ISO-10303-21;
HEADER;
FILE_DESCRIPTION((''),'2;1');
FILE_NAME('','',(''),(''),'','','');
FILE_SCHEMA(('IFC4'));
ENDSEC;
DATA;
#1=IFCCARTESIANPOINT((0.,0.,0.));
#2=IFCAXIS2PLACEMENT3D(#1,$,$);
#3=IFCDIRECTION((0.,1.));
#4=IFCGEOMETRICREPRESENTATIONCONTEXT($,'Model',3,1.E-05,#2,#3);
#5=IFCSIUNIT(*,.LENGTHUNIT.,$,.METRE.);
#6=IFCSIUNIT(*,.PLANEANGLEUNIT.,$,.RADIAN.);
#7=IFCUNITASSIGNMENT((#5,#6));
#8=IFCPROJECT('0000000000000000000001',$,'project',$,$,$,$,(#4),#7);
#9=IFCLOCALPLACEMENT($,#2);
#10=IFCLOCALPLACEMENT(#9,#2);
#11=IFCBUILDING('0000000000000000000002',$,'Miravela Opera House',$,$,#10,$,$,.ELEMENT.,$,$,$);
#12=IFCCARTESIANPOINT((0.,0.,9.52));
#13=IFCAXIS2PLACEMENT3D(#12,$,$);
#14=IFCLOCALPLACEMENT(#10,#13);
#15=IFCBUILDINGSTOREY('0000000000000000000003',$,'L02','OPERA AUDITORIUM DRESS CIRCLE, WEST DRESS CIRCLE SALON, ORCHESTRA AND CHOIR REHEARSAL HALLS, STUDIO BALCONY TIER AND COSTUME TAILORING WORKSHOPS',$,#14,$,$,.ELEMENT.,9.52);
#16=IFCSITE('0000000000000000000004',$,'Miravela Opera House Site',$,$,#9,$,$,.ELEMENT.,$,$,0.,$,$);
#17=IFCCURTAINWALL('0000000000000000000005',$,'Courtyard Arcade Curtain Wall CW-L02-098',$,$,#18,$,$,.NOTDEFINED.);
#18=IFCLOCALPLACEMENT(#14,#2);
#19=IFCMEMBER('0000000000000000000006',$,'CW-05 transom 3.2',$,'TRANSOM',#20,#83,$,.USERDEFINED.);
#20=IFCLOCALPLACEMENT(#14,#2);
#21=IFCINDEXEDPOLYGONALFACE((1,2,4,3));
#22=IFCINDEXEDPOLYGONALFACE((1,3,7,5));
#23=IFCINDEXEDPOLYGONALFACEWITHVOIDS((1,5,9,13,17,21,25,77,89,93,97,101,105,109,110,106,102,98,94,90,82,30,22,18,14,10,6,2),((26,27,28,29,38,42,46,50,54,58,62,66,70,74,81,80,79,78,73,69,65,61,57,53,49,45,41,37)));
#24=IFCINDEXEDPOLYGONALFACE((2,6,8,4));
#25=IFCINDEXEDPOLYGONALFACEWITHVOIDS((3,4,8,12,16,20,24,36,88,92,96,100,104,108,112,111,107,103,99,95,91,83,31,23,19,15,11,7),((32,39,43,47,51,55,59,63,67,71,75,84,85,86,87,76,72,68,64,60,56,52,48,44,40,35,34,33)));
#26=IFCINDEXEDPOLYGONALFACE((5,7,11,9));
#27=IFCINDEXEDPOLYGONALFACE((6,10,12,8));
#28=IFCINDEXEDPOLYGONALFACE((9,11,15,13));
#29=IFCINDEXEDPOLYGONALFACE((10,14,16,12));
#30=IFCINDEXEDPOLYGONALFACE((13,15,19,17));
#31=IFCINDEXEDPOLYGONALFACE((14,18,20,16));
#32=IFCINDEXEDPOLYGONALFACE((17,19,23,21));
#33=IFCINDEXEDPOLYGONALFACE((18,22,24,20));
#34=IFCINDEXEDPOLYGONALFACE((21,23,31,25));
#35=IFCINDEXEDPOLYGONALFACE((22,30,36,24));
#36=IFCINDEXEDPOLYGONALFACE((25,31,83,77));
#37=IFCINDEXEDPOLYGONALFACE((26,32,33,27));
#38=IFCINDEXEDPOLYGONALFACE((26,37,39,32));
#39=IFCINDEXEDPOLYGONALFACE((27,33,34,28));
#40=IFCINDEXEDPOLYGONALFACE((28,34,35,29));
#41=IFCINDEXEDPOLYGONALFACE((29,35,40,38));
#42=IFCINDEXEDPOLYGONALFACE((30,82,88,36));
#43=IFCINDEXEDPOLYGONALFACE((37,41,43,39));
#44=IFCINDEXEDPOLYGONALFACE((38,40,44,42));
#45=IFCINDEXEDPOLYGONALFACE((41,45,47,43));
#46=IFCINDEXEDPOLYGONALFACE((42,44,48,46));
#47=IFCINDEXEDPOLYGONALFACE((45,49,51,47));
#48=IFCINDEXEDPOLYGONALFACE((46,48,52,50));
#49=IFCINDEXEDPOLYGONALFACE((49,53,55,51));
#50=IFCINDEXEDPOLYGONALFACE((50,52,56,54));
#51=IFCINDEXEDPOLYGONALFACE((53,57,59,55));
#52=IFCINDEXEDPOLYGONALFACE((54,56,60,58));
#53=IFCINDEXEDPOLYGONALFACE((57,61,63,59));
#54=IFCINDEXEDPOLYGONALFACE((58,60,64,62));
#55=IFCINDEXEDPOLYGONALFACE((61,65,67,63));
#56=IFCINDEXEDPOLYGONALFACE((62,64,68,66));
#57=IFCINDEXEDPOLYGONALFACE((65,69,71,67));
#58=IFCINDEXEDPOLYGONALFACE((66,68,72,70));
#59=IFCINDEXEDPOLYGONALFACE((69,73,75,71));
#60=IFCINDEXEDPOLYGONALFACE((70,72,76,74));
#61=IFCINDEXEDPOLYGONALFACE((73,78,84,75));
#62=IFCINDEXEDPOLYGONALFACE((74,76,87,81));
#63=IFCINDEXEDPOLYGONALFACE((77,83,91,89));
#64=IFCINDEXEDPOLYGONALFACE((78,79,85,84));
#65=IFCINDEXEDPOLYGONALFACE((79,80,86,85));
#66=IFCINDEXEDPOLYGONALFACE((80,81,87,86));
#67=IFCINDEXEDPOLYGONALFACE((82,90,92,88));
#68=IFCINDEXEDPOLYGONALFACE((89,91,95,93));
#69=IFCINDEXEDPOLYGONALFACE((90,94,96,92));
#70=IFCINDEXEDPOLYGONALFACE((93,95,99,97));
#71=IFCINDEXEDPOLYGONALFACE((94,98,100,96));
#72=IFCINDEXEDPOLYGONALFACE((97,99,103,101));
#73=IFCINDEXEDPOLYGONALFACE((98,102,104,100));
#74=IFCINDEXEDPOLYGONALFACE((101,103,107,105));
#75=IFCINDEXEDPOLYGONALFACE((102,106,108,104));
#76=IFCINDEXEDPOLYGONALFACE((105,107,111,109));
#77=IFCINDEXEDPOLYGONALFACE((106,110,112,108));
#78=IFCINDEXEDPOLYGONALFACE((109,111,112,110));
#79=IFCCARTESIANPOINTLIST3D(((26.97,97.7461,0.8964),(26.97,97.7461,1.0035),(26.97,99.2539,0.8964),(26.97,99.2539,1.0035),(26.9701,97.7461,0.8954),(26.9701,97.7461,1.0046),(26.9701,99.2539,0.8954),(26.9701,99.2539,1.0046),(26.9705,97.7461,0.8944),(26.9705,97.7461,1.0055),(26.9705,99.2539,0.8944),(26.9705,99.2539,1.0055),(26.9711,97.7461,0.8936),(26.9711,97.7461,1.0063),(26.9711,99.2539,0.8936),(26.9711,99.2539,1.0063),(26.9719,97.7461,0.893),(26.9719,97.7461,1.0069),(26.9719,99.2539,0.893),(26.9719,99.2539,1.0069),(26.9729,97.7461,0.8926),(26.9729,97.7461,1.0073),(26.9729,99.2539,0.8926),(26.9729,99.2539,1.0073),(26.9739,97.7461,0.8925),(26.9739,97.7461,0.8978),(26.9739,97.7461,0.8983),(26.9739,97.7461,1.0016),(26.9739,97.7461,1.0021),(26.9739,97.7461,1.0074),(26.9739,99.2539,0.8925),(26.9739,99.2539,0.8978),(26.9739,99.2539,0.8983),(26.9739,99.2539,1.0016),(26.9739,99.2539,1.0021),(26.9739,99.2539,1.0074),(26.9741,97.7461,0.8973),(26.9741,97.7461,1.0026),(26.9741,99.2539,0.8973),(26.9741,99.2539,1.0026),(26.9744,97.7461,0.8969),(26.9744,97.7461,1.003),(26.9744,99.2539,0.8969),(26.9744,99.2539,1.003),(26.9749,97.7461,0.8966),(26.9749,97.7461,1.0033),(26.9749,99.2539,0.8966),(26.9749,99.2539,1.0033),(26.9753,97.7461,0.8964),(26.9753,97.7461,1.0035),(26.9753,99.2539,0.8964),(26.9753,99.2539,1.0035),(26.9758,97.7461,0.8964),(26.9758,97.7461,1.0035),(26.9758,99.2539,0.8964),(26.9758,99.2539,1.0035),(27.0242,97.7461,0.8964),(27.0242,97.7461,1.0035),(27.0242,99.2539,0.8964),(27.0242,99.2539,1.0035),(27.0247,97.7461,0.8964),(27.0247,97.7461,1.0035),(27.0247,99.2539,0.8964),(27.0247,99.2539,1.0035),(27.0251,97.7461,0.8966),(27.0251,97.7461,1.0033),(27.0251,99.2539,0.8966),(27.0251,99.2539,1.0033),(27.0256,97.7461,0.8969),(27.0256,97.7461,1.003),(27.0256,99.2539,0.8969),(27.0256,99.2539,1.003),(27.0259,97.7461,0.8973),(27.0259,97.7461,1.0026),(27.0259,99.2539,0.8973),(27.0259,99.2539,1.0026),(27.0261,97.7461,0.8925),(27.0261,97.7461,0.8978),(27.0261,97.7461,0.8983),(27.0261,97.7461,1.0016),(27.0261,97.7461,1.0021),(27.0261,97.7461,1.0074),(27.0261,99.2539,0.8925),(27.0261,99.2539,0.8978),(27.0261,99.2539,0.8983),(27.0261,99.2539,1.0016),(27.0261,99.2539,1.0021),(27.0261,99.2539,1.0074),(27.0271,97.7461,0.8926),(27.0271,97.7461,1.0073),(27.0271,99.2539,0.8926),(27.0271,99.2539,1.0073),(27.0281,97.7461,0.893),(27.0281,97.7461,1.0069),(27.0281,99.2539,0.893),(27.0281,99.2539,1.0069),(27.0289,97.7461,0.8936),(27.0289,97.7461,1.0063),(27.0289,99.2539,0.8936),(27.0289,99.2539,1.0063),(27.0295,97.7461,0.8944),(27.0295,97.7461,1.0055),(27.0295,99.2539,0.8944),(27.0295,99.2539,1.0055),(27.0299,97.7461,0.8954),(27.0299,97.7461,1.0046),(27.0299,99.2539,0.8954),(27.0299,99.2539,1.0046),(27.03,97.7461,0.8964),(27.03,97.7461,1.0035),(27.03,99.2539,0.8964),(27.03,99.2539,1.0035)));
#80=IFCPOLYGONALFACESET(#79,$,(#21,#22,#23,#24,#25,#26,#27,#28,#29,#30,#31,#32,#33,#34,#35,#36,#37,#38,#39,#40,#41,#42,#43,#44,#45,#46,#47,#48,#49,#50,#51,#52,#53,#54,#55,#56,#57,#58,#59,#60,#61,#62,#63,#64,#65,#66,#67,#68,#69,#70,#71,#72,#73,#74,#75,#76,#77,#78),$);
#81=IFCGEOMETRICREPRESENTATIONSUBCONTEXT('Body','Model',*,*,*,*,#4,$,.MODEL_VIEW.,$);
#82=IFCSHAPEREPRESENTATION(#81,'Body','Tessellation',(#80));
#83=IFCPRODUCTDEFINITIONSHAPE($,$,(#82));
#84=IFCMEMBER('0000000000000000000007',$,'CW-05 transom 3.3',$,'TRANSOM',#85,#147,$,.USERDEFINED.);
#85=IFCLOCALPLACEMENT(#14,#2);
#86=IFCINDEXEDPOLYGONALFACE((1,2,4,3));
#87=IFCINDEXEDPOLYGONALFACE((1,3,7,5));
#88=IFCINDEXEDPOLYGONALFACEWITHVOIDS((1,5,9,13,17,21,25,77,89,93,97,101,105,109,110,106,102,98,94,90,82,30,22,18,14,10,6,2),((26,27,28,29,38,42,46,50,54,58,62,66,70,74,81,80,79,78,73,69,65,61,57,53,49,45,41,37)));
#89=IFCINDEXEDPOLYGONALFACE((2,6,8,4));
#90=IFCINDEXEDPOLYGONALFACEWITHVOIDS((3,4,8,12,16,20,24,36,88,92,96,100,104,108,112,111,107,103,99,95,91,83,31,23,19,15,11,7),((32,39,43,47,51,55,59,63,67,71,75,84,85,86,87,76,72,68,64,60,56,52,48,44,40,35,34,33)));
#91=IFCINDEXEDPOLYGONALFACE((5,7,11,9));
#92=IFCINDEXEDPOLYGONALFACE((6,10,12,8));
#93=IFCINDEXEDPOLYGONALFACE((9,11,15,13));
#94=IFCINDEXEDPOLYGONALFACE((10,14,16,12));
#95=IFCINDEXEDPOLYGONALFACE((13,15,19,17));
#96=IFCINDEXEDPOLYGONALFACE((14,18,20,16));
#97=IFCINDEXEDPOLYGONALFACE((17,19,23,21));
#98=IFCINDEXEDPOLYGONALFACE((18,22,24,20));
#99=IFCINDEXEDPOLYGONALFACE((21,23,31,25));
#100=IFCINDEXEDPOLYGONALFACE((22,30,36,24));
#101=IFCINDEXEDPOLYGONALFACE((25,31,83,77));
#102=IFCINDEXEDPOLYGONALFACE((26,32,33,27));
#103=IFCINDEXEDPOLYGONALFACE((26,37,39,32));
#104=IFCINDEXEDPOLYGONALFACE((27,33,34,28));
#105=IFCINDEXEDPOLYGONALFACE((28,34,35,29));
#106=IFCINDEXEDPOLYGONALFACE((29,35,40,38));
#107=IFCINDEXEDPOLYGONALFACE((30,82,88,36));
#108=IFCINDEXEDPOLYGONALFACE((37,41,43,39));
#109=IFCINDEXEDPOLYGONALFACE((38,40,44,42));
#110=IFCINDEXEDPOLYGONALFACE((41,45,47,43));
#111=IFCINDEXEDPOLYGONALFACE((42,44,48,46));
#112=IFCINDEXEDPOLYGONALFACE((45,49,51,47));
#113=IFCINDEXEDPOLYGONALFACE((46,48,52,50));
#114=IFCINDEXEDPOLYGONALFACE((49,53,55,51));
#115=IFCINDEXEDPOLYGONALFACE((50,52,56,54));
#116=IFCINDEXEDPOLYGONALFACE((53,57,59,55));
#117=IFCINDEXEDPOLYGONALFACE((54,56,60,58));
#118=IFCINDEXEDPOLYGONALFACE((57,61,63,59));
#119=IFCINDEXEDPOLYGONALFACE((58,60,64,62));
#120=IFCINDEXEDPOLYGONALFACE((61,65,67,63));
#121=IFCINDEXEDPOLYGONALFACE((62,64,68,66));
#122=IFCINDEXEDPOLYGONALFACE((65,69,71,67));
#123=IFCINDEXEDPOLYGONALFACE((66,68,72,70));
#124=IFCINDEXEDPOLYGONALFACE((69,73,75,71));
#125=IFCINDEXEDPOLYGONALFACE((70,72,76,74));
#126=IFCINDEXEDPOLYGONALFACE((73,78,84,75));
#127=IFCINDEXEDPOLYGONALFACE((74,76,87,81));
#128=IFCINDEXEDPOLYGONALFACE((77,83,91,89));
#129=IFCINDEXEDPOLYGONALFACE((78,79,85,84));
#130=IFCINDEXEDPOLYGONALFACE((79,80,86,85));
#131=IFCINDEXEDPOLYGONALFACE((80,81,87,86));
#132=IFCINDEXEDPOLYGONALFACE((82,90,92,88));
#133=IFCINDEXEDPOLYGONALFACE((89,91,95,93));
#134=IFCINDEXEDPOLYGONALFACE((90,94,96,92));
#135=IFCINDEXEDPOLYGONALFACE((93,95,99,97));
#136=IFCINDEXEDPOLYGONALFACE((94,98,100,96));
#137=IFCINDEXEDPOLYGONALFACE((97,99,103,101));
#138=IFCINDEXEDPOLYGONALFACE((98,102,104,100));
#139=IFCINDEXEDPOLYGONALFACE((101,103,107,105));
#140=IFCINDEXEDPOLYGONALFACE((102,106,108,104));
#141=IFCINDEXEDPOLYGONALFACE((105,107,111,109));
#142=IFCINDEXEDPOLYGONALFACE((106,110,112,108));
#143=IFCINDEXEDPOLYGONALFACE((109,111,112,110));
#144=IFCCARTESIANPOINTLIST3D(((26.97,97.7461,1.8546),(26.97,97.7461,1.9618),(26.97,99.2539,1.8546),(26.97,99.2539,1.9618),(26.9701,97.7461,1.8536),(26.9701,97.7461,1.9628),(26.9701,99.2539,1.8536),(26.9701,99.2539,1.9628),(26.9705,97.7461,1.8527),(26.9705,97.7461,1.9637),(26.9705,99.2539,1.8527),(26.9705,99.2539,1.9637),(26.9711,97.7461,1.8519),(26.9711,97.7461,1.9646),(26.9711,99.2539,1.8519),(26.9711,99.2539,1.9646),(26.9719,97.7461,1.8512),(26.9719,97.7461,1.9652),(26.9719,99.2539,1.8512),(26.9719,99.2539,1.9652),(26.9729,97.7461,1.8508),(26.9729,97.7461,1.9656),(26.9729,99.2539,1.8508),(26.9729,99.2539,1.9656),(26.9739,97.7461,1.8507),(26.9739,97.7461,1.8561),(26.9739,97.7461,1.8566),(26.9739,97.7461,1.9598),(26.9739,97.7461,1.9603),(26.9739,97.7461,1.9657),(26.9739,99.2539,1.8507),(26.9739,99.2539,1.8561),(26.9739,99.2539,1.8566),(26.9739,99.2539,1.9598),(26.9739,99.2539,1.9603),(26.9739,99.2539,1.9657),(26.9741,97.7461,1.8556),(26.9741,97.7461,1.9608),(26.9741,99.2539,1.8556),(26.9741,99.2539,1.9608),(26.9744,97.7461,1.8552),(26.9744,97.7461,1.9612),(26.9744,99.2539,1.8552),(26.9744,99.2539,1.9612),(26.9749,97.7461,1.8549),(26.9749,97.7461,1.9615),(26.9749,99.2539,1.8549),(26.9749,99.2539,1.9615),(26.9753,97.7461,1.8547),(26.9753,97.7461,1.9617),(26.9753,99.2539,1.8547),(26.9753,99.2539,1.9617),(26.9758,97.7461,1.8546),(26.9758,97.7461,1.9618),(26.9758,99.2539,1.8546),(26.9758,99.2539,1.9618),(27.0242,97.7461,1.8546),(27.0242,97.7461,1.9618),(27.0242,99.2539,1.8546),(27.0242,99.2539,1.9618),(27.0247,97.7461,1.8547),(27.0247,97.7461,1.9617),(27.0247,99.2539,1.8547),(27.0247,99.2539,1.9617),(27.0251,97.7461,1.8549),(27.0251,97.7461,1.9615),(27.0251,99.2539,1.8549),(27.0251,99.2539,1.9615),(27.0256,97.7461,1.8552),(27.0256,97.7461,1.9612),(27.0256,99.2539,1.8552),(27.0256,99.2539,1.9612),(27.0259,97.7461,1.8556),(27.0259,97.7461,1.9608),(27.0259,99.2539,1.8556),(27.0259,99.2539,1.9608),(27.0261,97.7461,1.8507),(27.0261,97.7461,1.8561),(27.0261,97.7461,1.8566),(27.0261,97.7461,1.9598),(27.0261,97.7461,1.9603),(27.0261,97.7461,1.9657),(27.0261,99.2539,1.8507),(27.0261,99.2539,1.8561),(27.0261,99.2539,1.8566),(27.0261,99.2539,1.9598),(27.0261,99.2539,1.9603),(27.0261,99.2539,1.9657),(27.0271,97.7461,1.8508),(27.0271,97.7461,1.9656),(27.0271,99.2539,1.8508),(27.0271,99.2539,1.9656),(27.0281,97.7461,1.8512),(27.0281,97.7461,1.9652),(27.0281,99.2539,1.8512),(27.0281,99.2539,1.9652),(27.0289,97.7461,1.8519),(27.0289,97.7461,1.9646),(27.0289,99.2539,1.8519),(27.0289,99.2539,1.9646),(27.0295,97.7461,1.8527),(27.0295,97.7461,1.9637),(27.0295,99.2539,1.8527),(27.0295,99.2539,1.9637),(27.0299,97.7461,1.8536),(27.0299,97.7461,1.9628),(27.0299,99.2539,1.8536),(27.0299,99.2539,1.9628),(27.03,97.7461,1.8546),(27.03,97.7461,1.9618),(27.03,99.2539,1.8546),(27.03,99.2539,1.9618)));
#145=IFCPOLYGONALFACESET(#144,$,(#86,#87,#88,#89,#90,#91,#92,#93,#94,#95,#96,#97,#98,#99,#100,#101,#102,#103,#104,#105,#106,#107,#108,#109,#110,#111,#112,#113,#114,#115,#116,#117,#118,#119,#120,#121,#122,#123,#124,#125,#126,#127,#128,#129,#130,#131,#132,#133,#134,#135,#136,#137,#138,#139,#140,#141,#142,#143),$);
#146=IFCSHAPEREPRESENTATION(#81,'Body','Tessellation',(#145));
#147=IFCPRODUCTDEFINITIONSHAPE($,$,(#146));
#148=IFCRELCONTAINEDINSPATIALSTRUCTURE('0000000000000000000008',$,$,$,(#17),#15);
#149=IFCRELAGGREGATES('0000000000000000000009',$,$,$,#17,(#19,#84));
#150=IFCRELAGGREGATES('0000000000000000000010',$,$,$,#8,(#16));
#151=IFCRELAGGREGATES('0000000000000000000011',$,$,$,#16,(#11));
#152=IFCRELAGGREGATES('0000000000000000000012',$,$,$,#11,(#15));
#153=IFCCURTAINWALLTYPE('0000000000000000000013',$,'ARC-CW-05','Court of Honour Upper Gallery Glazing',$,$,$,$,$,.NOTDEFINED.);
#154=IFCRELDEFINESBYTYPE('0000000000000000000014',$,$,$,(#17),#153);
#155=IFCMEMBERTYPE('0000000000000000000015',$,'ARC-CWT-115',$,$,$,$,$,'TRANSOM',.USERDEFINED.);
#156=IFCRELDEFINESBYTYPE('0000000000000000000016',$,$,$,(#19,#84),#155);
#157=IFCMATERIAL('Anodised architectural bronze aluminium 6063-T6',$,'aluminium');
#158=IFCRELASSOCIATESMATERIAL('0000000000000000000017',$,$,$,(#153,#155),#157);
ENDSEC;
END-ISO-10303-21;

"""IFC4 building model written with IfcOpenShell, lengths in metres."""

from ifc_helpers import new_model, si_unit, direction, frame, origin, origin_2d, place, context, subcontext, project, spatial, hollow_rectangle, extrude, material, material_profile, profile_set, type_object, element, aggregate, save


model = new_model("IFC4")

# Units and contexts
model_context = context("Model", 3, precision=1e-05, world=origin(), true_north=direction((0.0, 1.0)))
body_context = subcontext(model_context, "Body", "Model", "MODEL_VIEW")
ifc_project = project(units=[si_unit("LENGTHUNIT", "METRE"), si_unit("PLANEANGLEUNIT", "RADIAN")], contexts=[model_context])

# Site, building, storey
site_placement = place(None, origin())
site = spatial("IfcSite", under=ifc_project, at=site_placement, Name="Miravela Opera House Site", CompositionType="ELEMENT", RefElevation=0.0)
building_placement = place(site_placement, origin())
building = spatial("IfcBuilding", under=site, at=building_placement, Name="Miravela Opera House", CompositionType="ELEMENT")
storey_placement = place(building_placement, frame((0.0, 0.0, 9.52)))
storey = spatial("IfcBuildingStorey", under=building, at=storey_placement, Name="L02", Description="OPERA AUDITORIUM DRESS CIRCLE, WEST DRESS CIRCLE SALON, ORCHESTRA AND CHOIR REHEARSAL HALLS, STUDIO BALCONY TIER AND COSTUME TAILORING WORKSHOPS", CompositionType="ELEMENT", Elevation=9.52)

# Curtain wall, members
ifc_material_1 = material(Name="Anodised architectural bronze aluminium 6063-T6", Category="aluminium")
curtain_wall_type = type_object("IfcCurtainWallType", Name="ARC-CW-05", Description="Court of Honour Upper Gallery Glazing", PredefinedType="NOTDEFINED", material=ifc_material_1)
curtain_wall_placement = place(storey_placement, origin())
curtain_wall = element("IfcCurtainWall", 1, at=curtain_wall_placement, inside=storey, type_object=curtain_wall_type, Name="Courtyard Arcade Curtain Wall CW-L02-098", PredefinedType="NOTDEFINED")
ifc_material_profile_1 = material_profile(ifc_material_1, hollow_rectangle(XDim=0.0601, YDim=0.115, WallThickness=0.0039, InnerFilletRadius=0.002, OuterFilletRadius=0.0039, at=origin_2d()), Name="CWT-60X115")
ifc_profile_set_1 = profile_set([ifc_material_profile_1])
member_type_1 = type_object("IfcMemberType", Name="ARC-CWT-115", ElementType="TRANSOM", PredefinedType="USERDEFINED", material=ifc_profile_set_1)
member_1_placement = place(storey_placement, frame((27.0, 97.7461, 0.95), z_axis=(0.0, 1.0, 0.0), x_axis=(-1.0, 0.0, 0.0)))
member_1 = element("IfcMember", 2, at=member_1_placement, type_object=member_type_1, Name="CW-05 transom 3.2", ObjectType="TRANSOM", PredefinedType="USERDEFINED", context=body_context, shape_type="SweptSolid", body=[
    extrude(hollow_rectangle(XDim=0.0601, YDim=0.115, WallThickness=0.0039, InnerFilletRadius=0.002, OuterFilletRadius=0.0039, at=origin_2d()), origin(), (0.0, 0.0, 1.0), 1.5078),
])
member_2_placement = place(storey_placement, frame((27.0, 97.7461, 1.9082), z_axis=(0.0, 1.0, 0.0), x_axis=(-1.0, 0.0, 0.0)))
member_2 = element("IfcMember", 3, at=member_2_placement, type_object=member_type_1, Name="CW-05 transom 3.3", ObjectType="TRANSOM", PredefinedType="USERDEFINED", context=body_context, shape_type="SweptSolid", body=[
    extrude(hollow_rectangle(XDim=0.0601, YDim=0.115, WallThickness=0.0039, InnerFilletRadius=0.002, OuterFilletRadius=0.0039, at=origin_2d()), origin(), (0.0, 0.0, 1.0), 1.5078),
])
aggregate(curtain_wall, [member_1, member_2])

save(model, "model.ifc")
